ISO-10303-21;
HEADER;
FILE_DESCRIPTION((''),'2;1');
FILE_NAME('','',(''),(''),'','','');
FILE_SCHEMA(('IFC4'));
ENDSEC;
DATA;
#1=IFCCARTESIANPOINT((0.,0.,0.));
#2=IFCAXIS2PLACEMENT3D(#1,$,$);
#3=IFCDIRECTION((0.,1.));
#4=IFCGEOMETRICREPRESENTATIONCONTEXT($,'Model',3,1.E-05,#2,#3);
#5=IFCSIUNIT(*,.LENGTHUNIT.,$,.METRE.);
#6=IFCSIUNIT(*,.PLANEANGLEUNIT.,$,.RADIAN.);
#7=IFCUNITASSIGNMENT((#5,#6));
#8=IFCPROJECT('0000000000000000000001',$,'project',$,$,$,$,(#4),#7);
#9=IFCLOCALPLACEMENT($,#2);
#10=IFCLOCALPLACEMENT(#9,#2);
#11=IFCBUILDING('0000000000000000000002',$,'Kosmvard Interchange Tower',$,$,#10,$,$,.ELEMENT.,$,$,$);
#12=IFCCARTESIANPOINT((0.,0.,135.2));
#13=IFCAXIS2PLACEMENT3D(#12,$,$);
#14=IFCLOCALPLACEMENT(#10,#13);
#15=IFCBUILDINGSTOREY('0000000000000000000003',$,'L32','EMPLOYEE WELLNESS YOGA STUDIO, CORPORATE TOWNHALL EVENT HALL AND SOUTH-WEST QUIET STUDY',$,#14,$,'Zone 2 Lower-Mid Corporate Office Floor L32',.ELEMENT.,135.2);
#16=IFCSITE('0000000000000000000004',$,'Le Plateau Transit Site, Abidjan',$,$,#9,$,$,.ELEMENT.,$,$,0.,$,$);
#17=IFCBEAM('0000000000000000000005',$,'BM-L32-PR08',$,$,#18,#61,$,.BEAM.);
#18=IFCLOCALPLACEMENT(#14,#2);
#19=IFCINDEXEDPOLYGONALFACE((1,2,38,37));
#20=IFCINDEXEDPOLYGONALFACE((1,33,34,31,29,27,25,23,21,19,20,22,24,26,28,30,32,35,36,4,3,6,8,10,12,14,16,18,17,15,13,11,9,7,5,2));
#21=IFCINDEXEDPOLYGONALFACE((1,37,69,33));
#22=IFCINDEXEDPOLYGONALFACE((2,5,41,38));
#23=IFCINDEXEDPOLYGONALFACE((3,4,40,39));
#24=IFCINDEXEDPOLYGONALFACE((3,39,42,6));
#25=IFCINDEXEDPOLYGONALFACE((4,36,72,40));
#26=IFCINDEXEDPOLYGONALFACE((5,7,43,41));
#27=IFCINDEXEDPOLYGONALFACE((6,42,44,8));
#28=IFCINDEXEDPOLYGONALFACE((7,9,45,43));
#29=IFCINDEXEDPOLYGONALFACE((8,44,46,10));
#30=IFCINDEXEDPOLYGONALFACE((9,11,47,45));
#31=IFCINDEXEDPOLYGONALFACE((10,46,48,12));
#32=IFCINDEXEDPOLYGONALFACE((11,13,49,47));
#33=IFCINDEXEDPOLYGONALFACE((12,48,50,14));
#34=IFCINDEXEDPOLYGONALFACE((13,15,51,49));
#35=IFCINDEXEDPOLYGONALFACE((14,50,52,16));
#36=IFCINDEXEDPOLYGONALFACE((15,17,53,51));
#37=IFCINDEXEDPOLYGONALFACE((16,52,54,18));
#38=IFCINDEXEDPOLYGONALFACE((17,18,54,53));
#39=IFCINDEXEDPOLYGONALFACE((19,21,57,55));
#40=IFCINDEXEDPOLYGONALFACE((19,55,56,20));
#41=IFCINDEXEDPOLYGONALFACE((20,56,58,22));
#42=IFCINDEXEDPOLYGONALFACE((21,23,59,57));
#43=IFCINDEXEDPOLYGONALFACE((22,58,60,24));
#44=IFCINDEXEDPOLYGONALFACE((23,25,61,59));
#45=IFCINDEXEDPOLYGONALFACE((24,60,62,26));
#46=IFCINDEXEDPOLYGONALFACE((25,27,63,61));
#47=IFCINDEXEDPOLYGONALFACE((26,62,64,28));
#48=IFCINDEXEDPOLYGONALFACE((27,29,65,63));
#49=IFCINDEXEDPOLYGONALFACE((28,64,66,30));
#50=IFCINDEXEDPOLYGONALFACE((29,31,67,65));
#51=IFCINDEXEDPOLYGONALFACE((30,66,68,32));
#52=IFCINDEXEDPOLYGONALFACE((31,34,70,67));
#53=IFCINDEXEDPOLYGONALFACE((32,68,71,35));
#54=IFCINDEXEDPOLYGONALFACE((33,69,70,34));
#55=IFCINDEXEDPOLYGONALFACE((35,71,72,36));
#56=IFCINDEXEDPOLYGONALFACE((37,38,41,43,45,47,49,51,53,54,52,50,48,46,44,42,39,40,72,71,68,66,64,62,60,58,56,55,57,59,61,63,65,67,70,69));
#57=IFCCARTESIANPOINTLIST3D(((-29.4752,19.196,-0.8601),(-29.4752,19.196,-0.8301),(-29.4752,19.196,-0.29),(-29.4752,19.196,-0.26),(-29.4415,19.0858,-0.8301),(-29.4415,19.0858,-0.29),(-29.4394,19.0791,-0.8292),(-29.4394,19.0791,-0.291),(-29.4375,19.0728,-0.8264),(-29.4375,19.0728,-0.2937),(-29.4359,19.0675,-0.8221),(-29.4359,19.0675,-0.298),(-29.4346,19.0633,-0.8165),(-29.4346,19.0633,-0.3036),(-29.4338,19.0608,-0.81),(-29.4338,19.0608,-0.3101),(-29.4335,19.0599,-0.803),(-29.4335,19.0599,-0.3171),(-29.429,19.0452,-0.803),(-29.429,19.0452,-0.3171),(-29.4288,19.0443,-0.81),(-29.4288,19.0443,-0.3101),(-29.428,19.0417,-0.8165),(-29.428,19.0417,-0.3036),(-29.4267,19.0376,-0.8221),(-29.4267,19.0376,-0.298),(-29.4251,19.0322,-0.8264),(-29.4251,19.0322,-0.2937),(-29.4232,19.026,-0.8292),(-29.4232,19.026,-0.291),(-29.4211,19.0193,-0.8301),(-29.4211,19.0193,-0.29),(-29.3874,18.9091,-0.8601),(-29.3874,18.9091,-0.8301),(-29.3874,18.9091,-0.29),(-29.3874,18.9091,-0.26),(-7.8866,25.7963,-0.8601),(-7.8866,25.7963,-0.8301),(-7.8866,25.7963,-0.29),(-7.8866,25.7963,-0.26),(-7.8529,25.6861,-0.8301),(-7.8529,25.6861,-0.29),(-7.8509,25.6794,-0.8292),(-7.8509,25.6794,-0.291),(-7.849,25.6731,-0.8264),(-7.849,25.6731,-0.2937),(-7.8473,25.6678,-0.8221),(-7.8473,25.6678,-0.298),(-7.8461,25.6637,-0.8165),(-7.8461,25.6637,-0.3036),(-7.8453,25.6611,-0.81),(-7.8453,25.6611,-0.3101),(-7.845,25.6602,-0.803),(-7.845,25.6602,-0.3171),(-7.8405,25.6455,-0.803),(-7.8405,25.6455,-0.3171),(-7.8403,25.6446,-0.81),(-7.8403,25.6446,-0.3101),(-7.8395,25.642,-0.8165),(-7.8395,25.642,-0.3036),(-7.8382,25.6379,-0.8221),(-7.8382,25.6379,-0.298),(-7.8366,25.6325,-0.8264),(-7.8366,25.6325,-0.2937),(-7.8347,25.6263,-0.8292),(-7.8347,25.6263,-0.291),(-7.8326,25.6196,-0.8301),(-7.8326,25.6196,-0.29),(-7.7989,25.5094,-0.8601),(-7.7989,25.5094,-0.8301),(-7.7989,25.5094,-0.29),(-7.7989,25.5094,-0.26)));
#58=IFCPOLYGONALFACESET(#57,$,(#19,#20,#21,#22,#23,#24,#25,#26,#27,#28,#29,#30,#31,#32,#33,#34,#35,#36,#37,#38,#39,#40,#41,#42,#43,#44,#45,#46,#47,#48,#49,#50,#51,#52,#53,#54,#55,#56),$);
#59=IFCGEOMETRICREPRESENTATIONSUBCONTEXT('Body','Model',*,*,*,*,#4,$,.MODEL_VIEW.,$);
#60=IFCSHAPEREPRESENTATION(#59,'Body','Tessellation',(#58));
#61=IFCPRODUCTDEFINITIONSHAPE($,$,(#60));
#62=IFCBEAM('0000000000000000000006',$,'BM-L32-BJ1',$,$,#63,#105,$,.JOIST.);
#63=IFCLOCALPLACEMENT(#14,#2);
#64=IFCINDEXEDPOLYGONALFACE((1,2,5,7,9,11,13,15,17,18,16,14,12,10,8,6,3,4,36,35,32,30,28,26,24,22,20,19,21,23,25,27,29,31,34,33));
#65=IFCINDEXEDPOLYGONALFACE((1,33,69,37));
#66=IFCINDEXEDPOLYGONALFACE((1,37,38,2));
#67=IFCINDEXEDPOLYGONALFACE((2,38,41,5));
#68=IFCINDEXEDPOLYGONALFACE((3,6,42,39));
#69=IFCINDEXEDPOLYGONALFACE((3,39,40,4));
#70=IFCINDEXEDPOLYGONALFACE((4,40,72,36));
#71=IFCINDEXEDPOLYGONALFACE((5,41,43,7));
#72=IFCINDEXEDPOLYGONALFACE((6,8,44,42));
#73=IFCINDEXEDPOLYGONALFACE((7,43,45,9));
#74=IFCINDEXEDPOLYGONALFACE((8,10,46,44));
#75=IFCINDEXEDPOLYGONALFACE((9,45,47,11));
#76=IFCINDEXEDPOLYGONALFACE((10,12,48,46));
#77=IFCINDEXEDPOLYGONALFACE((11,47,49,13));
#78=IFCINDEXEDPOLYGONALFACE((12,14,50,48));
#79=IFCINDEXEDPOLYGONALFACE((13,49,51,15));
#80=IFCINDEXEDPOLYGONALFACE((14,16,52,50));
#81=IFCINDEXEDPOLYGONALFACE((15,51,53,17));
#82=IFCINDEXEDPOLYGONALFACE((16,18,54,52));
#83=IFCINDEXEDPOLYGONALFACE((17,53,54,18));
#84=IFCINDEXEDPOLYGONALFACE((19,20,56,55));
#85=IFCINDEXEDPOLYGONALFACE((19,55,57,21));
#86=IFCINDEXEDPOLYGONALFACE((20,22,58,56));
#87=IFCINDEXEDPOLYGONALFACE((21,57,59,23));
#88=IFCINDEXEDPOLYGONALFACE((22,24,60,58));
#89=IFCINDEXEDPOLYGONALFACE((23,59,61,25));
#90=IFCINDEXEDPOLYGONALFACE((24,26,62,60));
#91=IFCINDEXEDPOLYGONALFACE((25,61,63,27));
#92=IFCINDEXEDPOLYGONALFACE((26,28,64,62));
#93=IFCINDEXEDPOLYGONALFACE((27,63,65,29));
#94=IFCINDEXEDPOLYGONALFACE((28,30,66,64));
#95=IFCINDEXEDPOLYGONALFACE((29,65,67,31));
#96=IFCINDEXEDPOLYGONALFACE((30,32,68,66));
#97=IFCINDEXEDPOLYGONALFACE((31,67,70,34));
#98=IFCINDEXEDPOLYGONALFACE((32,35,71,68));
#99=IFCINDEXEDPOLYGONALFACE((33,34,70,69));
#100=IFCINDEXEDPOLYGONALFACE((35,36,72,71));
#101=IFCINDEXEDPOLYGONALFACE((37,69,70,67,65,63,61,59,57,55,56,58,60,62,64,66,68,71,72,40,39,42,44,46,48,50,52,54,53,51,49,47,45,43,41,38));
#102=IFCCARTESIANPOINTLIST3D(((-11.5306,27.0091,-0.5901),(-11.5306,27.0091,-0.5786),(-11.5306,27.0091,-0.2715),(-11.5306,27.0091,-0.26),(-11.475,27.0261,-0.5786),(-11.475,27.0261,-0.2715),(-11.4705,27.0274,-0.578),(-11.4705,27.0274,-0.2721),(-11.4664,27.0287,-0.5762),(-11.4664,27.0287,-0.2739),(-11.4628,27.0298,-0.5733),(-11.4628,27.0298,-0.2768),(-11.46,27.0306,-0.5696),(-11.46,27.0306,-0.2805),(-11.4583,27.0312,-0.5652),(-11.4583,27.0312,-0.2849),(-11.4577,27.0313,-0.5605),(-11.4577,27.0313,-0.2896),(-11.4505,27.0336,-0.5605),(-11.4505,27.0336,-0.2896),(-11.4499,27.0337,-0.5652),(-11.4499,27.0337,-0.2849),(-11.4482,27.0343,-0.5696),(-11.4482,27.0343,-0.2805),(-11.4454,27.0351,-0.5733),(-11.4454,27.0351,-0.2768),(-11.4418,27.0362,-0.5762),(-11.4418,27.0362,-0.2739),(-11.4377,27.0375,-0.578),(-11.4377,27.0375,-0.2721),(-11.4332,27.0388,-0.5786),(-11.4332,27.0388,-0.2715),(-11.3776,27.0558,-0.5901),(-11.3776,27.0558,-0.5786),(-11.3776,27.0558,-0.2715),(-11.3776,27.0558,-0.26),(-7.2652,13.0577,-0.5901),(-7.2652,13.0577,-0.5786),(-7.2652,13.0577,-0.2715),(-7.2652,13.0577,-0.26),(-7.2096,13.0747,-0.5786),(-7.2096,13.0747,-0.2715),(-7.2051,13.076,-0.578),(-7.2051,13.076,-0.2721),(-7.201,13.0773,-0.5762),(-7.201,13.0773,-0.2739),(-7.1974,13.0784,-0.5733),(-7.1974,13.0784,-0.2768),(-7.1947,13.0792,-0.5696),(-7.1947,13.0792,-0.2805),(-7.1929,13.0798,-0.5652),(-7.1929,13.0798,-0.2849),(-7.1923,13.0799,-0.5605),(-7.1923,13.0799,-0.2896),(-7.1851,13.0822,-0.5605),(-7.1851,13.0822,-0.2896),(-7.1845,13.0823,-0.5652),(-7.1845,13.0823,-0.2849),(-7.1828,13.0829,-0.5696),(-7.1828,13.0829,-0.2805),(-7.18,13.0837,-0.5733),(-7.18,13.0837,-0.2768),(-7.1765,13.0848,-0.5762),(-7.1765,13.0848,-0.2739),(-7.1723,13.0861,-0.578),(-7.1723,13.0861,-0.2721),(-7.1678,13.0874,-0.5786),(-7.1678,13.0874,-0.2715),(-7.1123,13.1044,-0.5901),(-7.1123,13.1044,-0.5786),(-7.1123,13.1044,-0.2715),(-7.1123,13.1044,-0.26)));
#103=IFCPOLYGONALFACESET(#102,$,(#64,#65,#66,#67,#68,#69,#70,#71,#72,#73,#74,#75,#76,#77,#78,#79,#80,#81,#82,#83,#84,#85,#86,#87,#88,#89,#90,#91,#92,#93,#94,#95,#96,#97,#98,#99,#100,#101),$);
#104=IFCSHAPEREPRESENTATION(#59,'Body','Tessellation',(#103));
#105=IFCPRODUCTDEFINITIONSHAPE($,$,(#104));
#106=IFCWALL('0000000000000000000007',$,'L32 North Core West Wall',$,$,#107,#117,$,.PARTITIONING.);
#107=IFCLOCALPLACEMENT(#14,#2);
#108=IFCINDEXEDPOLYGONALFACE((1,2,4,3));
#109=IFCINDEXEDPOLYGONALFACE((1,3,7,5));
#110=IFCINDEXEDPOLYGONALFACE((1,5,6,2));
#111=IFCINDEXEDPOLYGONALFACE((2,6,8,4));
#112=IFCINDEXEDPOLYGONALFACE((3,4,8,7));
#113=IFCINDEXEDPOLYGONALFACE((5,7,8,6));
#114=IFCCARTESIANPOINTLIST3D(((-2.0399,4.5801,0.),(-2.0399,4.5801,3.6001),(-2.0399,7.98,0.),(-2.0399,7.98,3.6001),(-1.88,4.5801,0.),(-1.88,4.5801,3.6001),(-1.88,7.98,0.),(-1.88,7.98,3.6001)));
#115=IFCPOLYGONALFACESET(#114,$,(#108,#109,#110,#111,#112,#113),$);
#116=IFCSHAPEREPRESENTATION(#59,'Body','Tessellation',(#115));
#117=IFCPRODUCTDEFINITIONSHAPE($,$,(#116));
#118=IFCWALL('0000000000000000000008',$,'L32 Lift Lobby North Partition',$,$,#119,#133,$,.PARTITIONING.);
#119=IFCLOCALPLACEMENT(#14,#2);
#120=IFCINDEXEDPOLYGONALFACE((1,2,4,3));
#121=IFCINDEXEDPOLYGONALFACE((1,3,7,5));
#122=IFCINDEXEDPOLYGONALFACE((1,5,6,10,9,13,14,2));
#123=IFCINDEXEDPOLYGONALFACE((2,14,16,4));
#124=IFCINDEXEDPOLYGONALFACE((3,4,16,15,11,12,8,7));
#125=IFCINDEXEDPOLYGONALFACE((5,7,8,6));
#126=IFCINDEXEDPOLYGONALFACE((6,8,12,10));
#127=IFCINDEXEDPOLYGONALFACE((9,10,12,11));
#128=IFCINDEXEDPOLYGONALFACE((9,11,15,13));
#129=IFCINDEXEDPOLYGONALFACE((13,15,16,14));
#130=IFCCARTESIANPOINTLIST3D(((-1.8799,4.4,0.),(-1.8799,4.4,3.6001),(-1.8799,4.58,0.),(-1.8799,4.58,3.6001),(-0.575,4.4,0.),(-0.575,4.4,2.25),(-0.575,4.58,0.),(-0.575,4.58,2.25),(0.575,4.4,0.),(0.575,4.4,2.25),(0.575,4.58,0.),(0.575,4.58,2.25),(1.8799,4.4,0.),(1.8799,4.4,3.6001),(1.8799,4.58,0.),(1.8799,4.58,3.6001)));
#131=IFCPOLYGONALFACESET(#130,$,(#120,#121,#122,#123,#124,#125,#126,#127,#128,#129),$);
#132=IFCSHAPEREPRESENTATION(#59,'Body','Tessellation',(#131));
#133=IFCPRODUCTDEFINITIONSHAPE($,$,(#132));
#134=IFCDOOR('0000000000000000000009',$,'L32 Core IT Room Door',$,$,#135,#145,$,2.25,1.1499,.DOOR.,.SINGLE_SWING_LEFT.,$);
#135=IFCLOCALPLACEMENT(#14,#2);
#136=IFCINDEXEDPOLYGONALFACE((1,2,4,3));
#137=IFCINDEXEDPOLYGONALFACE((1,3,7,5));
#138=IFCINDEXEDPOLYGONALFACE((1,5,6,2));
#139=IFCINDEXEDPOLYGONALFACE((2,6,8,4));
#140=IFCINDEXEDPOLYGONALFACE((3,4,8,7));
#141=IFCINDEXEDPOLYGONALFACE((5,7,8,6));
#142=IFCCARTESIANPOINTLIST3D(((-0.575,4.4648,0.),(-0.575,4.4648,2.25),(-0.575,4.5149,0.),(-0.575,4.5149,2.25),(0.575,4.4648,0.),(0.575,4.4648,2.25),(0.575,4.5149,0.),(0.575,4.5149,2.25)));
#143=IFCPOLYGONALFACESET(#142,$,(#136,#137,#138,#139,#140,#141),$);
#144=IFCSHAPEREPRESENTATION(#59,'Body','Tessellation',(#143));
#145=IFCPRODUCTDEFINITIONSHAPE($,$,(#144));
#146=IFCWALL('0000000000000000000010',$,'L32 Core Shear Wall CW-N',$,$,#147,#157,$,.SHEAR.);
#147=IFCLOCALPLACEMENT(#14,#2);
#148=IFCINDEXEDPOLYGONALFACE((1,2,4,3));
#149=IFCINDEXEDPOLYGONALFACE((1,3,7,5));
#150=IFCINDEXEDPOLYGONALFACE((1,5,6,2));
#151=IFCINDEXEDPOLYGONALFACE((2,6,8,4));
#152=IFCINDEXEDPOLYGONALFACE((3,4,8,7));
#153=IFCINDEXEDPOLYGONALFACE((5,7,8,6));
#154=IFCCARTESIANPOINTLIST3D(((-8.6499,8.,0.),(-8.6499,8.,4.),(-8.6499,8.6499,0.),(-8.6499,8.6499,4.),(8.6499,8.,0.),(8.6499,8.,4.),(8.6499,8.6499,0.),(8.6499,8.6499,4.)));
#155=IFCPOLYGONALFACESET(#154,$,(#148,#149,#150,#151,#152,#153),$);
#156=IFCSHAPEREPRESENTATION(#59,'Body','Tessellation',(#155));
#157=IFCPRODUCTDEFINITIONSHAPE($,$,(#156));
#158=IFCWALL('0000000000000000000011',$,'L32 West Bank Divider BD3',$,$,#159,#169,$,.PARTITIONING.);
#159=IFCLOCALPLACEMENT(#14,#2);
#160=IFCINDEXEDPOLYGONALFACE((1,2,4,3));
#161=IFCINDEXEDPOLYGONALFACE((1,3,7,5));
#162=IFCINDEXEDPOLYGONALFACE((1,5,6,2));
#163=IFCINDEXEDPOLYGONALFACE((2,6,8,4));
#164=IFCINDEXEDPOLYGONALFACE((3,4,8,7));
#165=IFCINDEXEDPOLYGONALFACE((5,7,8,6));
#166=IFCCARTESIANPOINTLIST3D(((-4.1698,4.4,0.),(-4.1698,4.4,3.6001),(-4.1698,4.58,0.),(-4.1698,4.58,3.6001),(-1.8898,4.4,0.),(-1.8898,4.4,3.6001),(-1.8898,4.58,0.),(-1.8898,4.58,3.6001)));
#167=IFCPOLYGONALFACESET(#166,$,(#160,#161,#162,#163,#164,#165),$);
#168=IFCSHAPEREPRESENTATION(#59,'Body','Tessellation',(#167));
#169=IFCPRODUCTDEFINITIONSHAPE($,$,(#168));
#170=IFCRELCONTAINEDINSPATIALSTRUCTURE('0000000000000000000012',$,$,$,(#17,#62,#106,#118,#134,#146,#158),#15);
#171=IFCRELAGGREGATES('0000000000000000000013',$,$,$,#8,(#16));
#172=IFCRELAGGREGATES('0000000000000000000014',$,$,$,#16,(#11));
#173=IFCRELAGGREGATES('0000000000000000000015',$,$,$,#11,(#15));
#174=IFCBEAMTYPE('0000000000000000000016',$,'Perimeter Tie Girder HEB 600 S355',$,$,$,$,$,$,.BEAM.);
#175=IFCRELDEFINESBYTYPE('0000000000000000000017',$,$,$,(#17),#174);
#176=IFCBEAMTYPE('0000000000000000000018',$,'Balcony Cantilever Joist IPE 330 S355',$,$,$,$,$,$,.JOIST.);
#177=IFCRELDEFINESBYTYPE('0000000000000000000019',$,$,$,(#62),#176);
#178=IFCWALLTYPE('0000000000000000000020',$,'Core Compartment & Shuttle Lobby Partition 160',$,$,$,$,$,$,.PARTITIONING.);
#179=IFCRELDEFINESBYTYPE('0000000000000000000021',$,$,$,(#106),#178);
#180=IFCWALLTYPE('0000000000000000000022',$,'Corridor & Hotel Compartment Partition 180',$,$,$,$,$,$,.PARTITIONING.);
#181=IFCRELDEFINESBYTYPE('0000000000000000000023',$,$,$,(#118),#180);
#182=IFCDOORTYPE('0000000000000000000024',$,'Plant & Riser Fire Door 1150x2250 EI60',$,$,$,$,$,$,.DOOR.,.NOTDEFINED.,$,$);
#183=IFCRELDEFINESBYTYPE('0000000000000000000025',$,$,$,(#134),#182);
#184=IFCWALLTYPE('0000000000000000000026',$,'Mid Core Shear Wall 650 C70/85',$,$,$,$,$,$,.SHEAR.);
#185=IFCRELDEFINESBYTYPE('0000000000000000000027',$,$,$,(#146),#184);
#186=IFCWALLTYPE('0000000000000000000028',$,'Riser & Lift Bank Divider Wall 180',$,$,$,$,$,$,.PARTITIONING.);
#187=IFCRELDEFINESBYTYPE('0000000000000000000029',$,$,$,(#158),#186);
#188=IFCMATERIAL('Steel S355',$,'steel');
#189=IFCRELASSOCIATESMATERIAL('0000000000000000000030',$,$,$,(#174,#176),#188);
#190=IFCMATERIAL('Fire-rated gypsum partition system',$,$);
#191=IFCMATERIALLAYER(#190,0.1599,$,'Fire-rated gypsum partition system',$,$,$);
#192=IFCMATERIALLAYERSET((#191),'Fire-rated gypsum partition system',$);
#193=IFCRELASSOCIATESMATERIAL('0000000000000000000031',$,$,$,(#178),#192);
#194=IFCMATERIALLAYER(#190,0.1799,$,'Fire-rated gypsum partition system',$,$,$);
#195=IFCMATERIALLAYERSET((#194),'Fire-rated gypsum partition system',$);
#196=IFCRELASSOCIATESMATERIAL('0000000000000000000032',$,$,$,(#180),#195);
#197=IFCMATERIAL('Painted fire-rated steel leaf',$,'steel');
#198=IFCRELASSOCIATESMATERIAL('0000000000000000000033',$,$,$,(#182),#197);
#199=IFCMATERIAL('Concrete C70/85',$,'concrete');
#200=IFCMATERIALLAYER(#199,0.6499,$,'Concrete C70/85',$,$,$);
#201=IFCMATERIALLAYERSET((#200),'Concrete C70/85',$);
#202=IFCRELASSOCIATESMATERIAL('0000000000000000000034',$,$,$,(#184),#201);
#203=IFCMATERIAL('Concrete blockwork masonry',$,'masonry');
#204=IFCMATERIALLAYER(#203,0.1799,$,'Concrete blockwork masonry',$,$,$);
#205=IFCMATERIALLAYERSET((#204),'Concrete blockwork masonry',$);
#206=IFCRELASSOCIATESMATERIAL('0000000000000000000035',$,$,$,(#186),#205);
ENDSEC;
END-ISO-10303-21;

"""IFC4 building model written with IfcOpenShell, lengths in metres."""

from ifc_helpers import new_model, si_unit, direction, frame, frame_2d, origin, origin_2d, place, context, subcontext, project, spatial, rectangle, i_section, extrude, source, transform, mapped, material, layer, layer_set, material_profile, profile_set, type_object, element, fill, save


model = new_model("IFC4")

# Units and contexts
model_context = context("Model", 3, precision=1e-05, world=origin(), true_north=direction((0.0, 1.0)))
body_context = subcontext(model_context, "Body", "Model", "MODEL_VIEW")
ifc_project = project(units=[si_unit("LENGTHUNIT", "METRE"), si_unit("PLANEANGLEUNIT", "RADIAN")], contexts=[model_context])

# Site, building, storey
site_placement = place(None, origin())
site = spatial("IfcSite", under=ifc_project, at=site_placement, Name="Le Plateau Transit Site, Abidjan", CompositionType="ELEMENT", RefElevation=0.0)
building_placement = place(site_placement, origin())
building = spatial("IfcBuilding", under=site, at=building_placement, Name="Kosmvard Interchange Tower", CompositionType="ELEMENT")
storey_placement = place(building_placement, frame((0.0, 0.0, 135.2)))
storey = spatial("IfcBuildingStorey", under=building, at=storey_placement, Name="L32", Description="EMPLOYEE WELLNESS YOGA STUDIO, CORPORATE TOWNHALL EVENT HALL AND SOUTH-WEST QUIET STUDY", LongName="Zone 2 Lower-Mid Corporate Office Floor L32", CompositionType="ELEMENT", Elevation=135.2)

# Beams
ifc_material_1 = material(Name="Steel S355", Category="steel")
ifc_material_profile_1 = material_profile(ifc_material_1, i_section(OverallWidth=0.3, OverallDepth=0.6001, WebThickness=0.0154, FlangeThickness=0.03, FilletRadius=0.0271, at=origin_2d()), Name="HEB 600")
ifc_profile_set_1 = profile_set([ifc_material_profile_1], Name="Steel S355")
beam_type_1 = type_object("IfcBeamType", Name="Perimeter Tie Girder HEB 600 S355", PredefinedType="BEAM", material=ifc_profile_set_1)
shared_shape_1 = source(origin(), body_context, "Body", "SweptSolid", [
    extrude(i_section(OverallWidth=0.3, OverallDepth=0.6001, WebThickness=0.0154, FlangeThickness=0.03, FilletRadius=0.0271, at=origin_2d()), origin(), (0.0, 0.0, 1.0), 22.575),
])
beam_1_placement = place(storey_placement, frame((-7.8428, 25.6528, -0.5601), z_axis=(-0.956304, -0.292373, 0.0), x_axis=(0.292373, -0.956304, 0.0)))
element("IfcBeam", 1, at=beam_1_placement, inside=storey, type_object=beam_type_1, Name="BM-L32-PR08", PredefinedType="BEAM", context=body_context, shape_type="MappedRepresentation", body=[
    mapped(shared_shape_1, transform((0.0, 0.0, 0.0), scale=1.0)),
])
ifc_material_profile_2 = material_profile(ifc_material_1, i_section(OverallWidth=0.1599, OverallDepth=0.3301, WebThickness=0.0076, FlangeThickness=0.0115, FilletRadius=0.0181, at=origin_2d()), Name="IPE 330")
ifc_profile_set_2 = profile_set([ifc_material_profile_2], Name="Steel S355")
beam_type_2 = type_object("IfcBeamType", Name="Balcony Cantilever Joist IPE 330 S355", PredefinedType="JOIST", material=ifc_profile_set_2)
shared_shape_2 = source(origin(), body_context, "Body", "SweptSolid", [
    extrude(i_section(OverallWidth=0.1599, OverallDepth=0.3301, WebThickness=0.0076, FlangeThickness=0.0115, FilletRadius=0.0181, at=origin_2d()), origin(), (0.0, 0.0, 1.0), 14.5889),
])
beam_2_placement = place(storey_placement, frame((-7.1887, 13.0811, -0.425), z_axis=(-0.292372, 0.956305, 0.0), x_axis=(-0.956305, -0.292372, 0.0)))
element("IfcBeam", 2, at=beam_2_placement, inside=storey, type_object=beam_type_2, Name="BM-L32-BJ1", PredefinedType="JOIST", context=body_context, shape_type="MappedRepresentation", body=[
    mapped(shared_shape_2, transform((0.0, 0.0, 0.0), scale=1.0)),
])

# Wall
ifc_material_2 = material(Name="Fire-rated gypsum partition system")
ifc_layer_1 = layer(ifc_material_2, 0.1599, Name="Fire-rated gypsum partition system")
ifc_layer_set_1 = layer_set([ifc_layer_1], Name="Fire-rated gypsum partition system")
wall_type_1 = type_object("IfcWallType", Name="Core Compartment & Shuttle Lobby Partition 160", PredefinedType="PARTITIONING", material=ifc_layer_set_1)
wall_1_placement = place(storey_placement, frame((-1.96, 4.5801, 0.0), z_axis=(0.0, 0.0, 1.0), x_axis=(0.0, 1.0, 0.0)))
element("IfcWall", 3, at=wall_1_placement, inside=storey, type_object=wall_type_1, Name="L32 North Core West Wall", PredefinedType="PARTITIONING", context=body_context, shape_type="SweptSolid", body=[
    extrude(rectangle(XDim=3.3999, YDim=0.1599, at=frame_2d((1.7, 0.0))), origin(), (0.0, 0.0, 1.0), 3.6001),
])

# Wall, opening, door
ifc_layer_2 = layer(ifc_material_2, 0.1799, Name="Fire-rated gypsum partition system")
ifc_layer_set_2 = layer_set([ifc_layer_2], Name="Fire-rated gypsum partition system")
wall_type_2 = type_object("IfcWallType", Name="Corridor & Hotel Compartment Partition 180", PredefinedType="PARTITIONING", material=ifc_layer_set_2)
wall_2_placement = place(storey_placement, frame((-1.8799, 4.49, 0.0), z_axis=(0.0, 0.0, 1.0), x_axis=(1.0, 0.0, 0.0)))
wall_2 = element("IfcWall", 4, at=wall_2_placement, inside=storey, type_object=wall_type_2, Name="L32 Lift Lobby North Partition", PredefinedType="PARTITIONING", context=body_context, shape_type="SweptSolid", body=[
    extrude(rectangle(XDim=3.7598, YDim=0.1799, at=frame_2d((1.8799, 0.0))), origin(), (0.0, 0.0, 1.0), 3.6001),
])
opening_placement = place(wall_2_placement, frame((1.3049, 0.0, 0.0)))
opening = element("IfcOpeningElement", 5, at=opening_placement, cuts=wall_2, PredefinedType="OPENING", context=body_context, shape_type="SweptSolid", body=[
    extrude(rectangle(XDim=1.1499, YDim=2.25, at=frame_2d((0.575, 1.125))), frame((0.0, 0.1001, 0.0), z_axis=(0.0, -1.0, 0.0), x_axis=(1.0, 0.0, 0.0)), (0.0, 0.0, 1.0), 0.2),
])
ifc_material_3 = material(Name="Painted fire-rated steel leaf", Category="steel")
door_type = type_object("IfcDoorType", Name="Plant & Riser Fire Door 1150x2250 EI60", OperationType="NOTDEFINED", PredefinedType="DOOR", material=ifc_material_3)
shared_shape_3 = source(origin(), body_context, "Body", "SweptSolid", [
    extrude(rectangle(XDim=1.1499, YDim=2.25, at=frame_2d((0.575, 1.125))), frame((0.0, 0.0249, 0.0), z_axis=(0.0, -1.0, 0.0), x_axis=(1.0, 0.0, 0.0)), (0.0, 0.0, 1.0), 0.05),
])
door_placement = place(opening_placement, origin())
door = element("IfcDoor", 6, at=door_placement, inside=storey, type_object=door_type, Name="L32 Core IT Room Door", OperationType="SINGLE_SWING_LEFT", OverallHeight=2.25, OverallWidth=1.1499, PredefinedType="DOOR", context=body_context, shape_type="MappedRepresentation", body=[
    mapped(shared_shape_3, transform((0.0, 0.0, 0.0), scale=1.0)),
])
fill(opening, door)

# Walls
ifc_material_4 = material(Name="Concrete C70/85", Category="concrete")
ifc_layer_3 = layer(ifc_material_4, 0.6499, Name="Concrete C70/85")
ifc_layer_set_3 = layer_set([ifc_layer_3], Name="Concrete C70/85")
wall_type_3 = type_object("IfcWallType", Name="Mid Core Shear Wall 650 C70/85", PredefinedType="SHEAR", material=ifc_layer_set_3)
wall_3_placement = place(storey_placement, frame((-8.6499, 8.325, 0.0), z_axis=(0.0, 0.0, 1.0), x_axis=(1.0, 0.0, 0.0)))
element("IfcWall", 7, at=wall_3_placement, inside=storey, type_object=wall_type_3, Name="L32 Core Shear Wall CW-N", PredefinedType="SHEAR", context=body_context, shape_type="SweptSolid", body=[
    extrude(rectangle(XDim=17.2998, YDim=0.6499, at=frame_2d((8.6499, 0.0))), origin(), (0.0, 0.0, 1.0), 4.0),
])
ifc_material_5 = material(Name="Concrete blockwork masonry", Category="masonry")
ifc_layer_4 = layer(ifc_material_5, 0.1799, Name="Concrete blockwork masonry")
ifc_layer_set_4 = layer_set([ifc_layer_4], Name="Concrete blockwork masonry")
wall_type_4 = type_object("IfcWallType", Name="Riser & Lift Bank Divider Wall 180", PredefinedType="PARTITIONING", material=ifc_layer_set_4)
wall_4_placement = place(storey_placement, frame((-4.1699, 4.49, 0.0), z_axis=(0.0, 0.0, 1.0), x_axis=(1.0, 0.0, 0.0)))
element("IfcWall", 8, at=wall_4_placement, inside=storey, type_object=wall_type_4, Name="L32 West Bank Divider BD3", PredefinedType="PARTITIONING", context=body_context, shape_type="SweptSolid", body=[
    extrude(rectangle(XDim=2.28, YDim=0.1799, at=frame_2d((1.1401, 0.0))), origin(), (0.0, 0.0, 1.0), 3.6001),
])

save(model, "model.ifc")
